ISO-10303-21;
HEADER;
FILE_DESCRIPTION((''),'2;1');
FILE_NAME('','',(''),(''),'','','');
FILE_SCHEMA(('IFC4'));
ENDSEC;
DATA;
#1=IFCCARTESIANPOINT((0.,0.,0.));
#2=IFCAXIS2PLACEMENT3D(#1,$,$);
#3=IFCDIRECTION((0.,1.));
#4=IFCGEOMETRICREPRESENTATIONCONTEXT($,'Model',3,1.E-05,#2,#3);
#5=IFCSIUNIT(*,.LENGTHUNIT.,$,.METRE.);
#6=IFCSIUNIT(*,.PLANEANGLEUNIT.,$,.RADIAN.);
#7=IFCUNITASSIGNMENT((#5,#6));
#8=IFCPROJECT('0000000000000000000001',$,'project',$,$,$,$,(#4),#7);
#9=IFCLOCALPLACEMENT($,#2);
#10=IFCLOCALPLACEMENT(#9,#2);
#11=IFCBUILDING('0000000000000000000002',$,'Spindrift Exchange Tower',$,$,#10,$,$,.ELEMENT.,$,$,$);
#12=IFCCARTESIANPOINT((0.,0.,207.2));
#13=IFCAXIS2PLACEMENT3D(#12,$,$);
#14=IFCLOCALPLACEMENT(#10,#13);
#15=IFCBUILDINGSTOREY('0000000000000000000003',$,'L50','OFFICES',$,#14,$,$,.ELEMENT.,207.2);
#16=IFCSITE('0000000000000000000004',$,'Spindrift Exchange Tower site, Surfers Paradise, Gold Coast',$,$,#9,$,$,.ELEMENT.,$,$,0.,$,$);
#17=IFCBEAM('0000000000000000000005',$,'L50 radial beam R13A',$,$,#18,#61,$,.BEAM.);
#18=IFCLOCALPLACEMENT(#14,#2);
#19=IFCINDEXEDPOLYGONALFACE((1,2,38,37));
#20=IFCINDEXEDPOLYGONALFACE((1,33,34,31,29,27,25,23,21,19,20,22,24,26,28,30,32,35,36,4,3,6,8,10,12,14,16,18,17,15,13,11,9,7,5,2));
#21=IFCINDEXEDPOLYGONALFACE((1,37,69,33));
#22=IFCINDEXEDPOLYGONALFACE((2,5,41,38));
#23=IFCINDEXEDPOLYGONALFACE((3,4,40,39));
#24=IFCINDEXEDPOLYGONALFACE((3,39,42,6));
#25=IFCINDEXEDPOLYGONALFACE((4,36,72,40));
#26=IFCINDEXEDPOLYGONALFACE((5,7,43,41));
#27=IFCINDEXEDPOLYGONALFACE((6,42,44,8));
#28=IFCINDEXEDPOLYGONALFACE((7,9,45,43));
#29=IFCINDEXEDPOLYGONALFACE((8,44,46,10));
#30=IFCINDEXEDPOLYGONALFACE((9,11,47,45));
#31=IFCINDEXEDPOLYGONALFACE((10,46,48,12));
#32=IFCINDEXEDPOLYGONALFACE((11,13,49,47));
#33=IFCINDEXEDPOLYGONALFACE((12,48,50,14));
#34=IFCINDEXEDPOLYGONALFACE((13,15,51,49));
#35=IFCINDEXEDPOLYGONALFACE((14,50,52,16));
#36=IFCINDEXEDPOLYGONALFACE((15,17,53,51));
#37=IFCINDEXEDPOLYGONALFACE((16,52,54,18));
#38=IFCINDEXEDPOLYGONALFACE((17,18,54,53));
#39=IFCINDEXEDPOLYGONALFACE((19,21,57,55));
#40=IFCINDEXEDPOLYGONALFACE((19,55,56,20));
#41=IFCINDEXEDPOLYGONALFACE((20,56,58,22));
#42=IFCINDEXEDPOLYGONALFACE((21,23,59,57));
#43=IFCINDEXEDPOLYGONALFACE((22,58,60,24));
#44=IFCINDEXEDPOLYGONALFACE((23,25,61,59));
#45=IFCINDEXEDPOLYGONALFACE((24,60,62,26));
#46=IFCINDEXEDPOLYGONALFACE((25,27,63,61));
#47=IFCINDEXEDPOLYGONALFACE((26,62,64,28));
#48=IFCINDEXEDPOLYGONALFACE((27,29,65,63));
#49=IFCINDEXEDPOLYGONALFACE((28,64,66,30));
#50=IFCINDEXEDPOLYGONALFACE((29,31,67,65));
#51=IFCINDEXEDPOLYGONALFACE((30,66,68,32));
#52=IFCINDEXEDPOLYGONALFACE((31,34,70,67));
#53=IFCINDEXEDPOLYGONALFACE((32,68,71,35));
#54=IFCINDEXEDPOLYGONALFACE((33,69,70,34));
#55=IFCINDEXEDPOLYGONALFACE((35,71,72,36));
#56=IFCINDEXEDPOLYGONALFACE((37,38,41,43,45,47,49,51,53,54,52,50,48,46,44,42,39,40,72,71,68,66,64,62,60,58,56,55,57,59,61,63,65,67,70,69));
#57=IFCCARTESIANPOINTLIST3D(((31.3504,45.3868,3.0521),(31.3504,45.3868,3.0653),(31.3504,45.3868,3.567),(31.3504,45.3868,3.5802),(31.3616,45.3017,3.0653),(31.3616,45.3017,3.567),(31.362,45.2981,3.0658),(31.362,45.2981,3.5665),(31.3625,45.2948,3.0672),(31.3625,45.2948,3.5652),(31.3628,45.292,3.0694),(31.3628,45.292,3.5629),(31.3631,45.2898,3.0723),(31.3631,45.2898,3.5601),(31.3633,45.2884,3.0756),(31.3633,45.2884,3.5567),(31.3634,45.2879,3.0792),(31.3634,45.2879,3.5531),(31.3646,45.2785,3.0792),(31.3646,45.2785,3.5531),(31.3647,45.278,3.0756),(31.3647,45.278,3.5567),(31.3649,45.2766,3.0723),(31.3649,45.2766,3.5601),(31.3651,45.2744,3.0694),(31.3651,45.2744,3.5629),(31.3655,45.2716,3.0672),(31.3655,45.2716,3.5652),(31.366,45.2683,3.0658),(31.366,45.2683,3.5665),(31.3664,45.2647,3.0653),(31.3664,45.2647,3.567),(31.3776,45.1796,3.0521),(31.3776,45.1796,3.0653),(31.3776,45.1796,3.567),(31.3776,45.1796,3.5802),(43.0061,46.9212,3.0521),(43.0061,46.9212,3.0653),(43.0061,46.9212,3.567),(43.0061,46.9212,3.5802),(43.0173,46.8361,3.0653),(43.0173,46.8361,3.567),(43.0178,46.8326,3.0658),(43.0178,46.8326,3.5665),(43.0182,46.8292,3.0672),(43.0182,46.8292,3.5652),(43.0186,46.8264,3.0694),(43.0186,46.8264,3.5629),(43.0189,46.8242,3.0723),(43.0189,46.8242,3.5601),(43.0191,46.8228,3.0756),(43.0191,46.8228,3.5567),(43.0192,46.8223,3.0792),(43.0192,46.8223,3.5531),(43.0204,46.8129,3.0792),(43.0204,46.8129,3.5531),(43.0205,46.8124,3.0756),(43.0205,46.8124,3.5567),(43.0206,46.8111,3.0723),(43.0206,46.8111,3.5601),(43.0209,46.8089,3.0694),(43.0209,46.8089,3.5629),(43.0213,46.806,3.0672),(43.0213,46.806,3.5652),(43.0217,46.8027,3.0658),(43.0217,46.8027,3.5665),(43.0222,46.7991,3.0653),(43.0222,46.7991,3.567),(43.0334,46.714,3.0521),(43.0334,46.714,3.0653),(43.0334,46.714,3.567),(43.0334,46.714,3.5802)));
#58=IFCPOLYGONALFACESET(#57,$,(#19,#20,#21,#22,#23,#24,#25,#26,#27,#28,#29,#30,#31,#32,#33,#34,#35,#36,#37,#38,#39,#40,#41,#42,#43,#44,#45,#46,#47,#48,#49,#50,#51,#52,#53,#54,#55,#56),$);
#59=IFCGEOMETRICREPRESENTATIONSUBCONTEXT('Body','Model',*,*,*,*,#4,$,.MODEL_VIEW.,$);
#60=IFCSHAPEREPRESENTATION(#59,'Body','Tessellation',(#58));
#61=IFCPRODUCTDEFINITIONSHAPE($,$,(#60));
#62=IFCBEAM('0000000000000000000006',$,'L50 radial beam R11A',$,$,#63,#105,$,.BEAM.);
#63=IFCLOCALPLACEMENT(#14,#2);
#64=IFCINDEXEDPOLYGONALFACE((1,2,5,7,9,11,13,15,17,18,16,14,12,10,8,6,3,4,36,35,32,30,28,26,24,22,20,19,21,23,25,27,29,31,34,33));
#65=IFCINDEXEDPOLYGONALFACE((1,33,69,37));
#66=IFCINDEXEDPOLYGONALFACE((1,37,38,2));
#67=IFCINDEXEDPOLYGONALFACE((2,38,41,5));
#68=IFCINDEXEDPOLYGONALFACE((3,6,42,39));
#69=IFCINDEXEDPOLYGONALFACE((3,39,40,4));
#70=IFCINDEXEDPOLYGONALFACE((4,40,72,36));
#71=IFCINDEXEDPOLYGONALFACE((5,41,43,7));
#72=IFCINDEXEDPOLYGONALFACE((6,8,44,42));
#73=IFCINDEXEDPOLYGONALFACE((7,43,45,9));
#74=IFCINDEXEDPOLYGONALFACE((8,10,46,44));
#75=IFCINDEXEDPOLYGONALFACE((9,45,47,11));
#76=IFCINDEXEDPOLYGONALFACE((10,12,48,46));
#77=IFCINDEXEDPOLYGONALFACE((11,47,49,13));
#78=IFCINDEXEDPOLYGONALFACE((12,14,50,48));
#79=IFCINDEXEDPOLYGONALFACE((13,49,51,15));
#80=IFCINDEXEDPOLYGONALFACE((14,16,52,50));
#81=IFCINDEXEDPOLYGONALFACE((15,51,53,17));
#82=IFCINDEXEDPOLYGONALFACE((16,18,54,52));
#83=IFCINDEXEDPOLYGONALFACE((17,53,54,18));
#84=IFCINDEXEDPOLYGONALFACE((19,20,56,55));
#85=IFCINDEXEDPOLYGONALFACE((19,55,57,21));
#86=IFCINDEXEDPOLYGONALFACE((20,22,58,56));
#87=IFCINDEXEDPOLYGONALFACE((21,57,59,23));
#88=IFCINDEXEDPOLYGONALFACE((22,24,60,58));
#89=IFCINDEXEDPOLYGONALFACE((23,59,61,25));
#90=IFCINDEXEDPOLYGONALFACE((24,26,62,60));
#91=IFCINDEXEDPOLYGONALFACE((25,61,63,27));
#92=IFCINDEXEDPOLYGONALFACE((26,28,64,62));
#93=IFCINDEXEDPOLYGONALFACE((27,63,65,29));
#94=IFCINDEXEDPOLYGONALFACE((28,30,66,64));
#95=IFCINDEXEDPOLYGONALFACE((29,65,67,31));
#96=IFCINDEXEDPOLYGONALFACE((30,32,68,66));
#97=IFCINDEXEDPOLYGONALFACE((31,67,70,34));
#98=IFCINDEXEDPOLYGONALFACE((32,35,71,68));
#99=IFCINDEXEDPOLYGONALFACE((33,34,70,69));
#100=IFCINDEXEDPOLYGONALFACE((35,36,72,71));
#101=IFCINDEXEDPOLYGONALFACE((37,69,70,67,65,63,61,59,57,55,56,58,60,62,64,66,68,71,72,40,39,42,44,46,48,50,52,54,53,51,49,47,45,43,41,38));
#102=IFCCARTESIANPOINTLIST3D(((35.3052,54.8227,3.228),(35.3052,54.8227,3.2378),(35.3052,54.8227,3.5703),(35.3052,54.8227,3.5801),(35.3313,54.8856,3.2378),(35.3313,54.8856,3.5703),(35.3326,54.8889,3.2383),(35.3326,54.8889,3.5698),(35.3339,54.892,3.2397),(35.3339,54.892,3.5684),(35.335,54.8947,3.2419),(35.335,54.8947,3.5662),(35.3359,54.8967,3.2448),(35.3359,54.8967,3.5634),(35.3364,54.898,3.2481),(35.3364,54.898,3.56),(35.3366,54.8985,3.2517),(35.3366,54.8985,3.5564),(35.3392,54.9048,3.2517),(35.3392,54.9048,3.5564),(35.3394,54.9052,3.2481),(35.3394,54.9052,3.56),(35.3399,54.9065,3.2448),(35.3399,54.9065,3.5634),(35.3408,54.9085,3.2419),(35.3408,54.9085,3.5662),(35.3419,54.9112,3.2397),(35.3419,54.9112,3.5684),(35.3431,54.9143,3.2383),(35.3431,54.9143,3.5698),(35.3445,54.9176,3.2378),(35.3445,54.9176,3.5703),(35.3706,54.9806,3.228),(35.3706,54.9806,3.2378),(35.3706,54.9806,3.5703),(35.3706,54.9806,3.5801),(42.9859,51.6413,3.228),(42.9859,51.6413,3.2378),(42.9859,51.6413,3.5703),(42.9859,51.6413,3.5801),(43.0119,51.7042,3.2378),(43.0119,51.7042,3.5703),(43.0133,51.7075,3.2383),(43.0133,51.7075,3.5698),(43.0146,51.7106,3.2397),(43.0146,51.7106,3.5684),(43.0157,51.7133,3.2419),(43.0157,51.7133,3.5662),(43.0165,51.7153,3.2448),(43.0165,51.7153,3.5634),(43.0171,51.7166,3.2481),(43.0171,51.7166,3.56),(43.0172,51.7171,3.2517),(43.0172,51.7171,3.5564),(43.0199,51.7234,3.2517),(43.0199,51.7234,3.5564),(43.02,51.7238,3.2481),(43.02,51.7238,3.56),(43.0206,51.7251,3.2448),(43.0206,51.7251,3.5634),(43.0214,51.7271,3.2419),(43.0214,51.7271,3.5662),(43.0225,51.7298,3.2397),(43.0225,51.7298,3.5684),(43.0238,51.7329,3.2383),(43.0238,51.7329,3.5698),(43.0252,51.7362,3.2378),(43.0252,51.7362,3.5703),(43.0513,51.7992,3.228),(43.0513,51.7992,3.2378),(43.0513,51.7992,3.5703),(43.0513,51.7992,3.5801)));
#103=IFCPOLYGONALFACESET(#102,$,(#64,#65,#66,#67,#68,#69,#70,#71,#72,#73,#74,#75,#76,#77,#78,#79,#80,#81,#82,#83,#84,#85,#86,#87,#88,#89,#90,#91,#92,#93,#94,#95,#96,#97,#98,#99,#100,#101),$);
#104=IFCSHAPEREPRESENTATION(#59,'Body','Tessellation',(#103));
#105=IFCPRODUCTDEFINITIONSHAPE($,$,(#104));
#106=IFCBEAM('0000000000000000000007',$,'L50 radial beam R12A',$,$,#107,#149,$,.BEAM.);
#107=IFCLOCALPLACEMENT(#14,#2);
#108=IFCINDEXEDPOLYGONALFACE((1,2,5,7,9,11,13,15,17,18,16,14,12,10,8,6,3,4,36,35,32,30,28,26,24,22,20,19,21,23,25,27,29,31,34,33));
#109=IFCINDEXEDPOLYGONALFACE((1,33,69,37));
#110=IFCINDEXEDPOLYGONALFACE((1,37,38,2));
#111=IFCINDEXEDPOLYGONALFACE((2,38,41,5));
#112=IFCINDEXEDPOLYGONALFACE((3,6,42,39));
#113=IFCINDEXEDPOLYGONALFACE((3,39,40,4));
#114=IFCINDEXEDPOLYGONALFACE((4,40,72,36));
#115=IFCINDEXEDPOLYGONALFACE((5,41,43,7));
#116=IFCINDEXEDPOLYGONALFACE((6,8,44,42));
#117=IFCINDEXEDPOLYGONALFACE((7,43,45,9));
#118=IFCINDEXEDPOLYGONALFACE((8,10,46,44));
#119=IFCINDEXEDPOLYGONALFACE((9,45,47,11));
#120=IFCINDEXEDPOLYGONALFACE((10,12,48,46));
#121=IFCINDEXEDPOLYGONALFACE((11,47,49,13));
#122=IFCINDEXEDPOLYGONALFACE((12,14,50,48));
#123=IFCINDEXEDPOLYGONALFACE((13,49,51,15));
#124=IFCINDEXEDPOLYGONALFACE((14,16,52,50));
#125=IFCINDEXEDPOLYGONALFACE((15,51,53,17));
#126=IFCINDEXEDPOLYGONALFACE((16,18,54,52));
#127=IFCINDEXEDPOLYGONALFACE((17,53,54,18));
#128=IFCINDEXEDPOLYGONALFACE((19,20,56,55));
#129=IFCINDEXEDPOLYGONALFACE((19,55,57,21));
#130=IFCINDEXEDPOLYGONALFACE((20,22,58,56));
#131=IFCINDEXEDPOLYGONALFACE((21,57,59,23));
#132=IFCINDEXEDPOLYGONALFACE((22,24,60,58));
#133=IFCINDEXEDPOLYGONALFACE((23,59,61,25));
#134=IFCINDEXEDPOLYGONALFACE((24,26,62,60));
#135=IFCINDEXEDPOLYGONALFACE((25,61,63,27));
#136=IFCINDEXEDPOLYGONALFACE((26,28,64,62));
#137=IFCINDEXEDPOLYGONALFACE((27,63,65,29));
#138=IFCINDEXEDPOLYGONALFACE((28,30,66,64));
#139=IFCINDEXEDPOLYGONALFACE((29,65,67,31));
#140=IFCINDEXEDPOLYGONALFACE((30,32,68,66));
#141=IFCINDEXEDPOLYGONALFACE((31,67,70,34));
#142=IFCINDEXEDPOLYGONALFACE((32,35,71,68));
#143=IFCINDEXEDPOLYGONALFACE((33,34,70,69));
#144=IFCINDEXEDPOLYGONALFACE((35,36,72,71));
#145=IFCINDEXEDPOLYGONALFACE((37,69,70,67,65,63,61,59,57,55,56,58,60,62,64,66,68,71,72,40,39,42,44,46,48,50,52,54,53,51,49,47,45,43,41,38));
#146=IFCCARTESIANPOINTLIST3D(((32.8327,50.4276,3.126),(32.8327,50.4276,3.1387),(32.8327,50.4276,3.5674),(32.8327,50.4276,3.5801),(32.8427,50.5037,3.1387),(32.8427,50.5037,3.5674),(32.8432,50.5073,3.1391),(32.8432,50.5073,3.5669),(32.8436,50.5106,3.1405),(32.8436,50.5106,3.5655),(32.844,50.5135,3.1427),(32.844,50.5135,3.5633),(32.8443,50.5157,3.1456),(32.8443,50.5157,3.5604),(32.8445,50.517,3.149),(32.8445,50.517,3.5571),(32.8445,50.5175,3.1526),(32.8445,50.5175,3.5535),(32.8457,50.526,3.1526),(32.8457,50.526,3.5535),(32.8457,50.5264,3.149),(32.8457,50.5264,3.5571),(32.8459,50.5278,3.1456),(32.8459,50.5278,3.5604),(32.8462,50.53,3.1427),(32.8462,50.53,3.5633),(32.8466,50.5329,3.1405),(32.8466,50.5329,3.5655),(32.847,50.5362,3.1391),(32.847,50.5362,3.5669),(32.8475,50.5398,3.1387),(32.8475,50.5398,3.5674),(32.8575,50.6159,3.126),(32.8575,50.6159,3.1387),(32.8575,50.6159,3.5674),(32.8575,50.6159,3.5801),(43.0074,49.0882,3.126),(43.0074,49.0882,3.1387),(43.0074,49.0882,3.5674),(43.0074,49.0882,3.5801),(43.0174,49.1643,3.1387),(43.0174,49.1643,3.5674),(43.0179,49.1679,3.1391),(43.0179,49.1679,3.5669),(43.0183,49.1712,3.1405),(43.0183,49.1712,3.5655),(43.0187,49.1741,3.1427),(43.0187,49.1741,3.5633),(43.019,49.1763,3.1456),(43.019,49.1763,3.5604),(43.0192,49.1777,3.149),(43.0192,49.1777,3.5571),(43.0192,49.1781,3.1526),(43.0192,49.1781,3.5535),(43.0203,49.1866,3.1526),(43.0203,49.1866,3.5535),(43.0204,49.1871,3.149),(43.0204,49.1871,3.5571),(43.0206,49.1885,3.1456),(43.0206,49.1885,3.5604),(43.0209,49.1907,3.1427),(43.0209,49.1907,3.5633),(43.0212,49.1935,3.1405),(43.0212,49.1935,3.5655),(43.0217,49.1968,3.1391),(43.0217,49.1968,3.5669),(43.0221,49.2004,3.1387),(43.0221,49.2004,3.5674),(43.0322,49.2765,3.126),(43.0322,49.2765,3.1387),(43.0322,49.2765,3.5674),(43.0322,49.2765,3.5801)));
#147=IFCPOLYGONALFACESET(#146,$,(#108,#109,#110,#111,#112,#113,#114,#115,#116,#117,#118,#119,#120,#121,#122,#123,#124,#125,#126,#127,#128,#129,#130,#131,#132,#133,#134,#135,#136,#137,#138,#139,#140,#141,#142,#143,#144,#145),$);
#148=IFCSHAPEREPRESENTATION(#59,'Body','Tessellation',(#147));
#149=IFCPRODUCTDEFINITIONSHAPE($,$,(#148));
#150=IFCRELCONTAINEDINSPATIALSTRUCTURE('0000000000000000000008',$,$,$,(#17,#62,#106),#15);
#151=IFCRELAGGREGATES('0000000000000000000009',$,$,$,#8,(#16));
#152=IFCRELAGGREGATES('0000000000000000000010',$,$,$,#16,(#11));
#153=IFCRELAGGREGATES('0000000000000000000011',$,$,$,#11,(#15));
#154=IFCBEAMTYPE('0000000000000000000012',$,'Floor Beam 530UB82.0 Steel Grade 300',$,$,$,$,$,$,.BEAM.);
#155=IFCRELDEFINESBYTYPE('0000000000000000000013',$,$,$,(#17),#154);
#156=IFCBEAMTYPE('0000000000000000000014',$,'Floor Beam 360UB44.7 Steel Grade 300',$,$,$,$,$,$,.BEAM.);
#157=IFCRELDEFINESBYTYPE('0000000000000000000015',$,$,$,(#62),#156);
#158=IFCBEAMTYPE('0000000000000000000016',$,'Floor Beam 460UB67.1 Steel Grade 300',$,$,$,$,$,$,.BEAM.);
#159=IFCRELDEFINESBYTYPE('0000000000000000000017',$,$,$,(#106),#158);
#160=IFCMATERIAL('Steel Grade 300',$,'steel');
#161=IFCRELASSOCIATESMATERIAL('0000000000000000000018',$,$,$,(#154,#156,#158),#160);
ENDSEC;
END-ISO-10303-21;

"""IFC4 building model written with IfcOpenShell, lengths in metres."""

from ifc_helpers import new_model, si_unit, direction, frame, origin, origin_2d, place, context, subcontext, project, spatial, i_section, extrude, source, transform, mapped, material, material_profile, profile_set, type_object, element, save


model = new_model("IFC4")

# Units and contexts
model_context = context("Model", 3, precision=1e-05, world=origin(), true_north=direction((0.0, 1.0)))
body_context = subcontext(model_context, "Body", "Model", "MODEL_VIEW")
ifc_project = project(units=[si_unit("LENGTHUNIT", "METRE"), si_unit("PLANEANGLEUNIT", "RADIAN")], contexts=[model_context])

# Site, building, storey
site_placement = place(None, origin())
site = spatial("IfcSite", under=ifc_project, at=site_placement, Name="Spindrift Exchange Tower site, Surfers Paradise, Gold Coast", CompositionType="ELEMENT", RefElevation=0.0)
building_placement = place(site_placement, origin())
building = spatial("IfcBuilding", under=site, at=building_placement, Name="Spindrift Exchange Tower", CompositionType="ELEMENT")
storey_placement = place(building_placement, frame((0.0, 0.0, 207.2)))
storey = spatial("IfcBuildingStorey", under=building, at=storey_placement, Name="L50", Description="OFFICES", CompositionType="ELEMENT", Elevation=207.2)

# Beams
ifc_material_1 = material(Name="Steel Grade 300", Category="steel")
ifc_material_profile_1 = material_profile(ifc_material_1, i_section(OverallWidth=0.209, OverallDepth=0.5281, WebThickness=0.0095, FlangeThickness=0.0132, FilletRadius=0.0139, at=origin_2d()), Name="530UB82.0")
ifc_profile_set_1 = profile_set([ifc_material_profile_1], Name="Steel Grade 300")
beam_type_1 = type_object("IfcBeamType", Name="Floor Beam 530UB82.0 Steel Grade 300", PredefinedType="BEAM", material=ifc_profile_set_1)
shared_shape_1 = source(origin(), body_context, "Body", "SweptSolid", [
    extrude(i_section(OverallWidth=0.209, OverallDepth=0.5281, WebThickness=0.0095, FlangeThickness=0.0132, FilletRadius=0.0139, at=origin_2d()), origin(), (0.0, 0.0, 1.0), 11.7563),
])
beam_1_placement = place(storey_placement, frame((43.0198, 46.8176, 3.3162), z_axis=(-0.991446, -0.130519, 0.0), x_axis=(0.130519, -0.991446, 0.0)))
element("IfcBeam", 1, at=beam_1_placement, inside=storey, type_object=beam_type_1, Name="L50 radial beam R13A", PredefinedType="BEAM", context=body_context, shape_type="MappedRepresentation", body=[
    mapped(shared_shape_1, transform((0.0, 0.0, 0.0), scale=1.0)),
])
ifc_material_profile_2 = material_profile(ifc_material_1, i_section(OverallWidth=0.1709, OverallDepth=0.3521, WebThickness=0.0068, FlangeThickness=0.0098, FilletRadius=0.0139, at=origin_2d()), Name="360UB44.7")
ifc_profile_set_2 = profile_set([ifc_material_profile_2], Name="Steel Grade 300")
beam_type_2 = type_object("IfcBeamType", Name="Floor Beam 360UB44.7 Steel Grade 300", PredefinedType="BEAM", material=ifc_profile_set_2)
shared_shape_2 = source(origin(), body_context, "Body", "SweptSolid", [
    extrude(i_section(OverallWidth=0.1709, OverallDepth=0.3521, WebThickness=0.0068, FlangeThickness=0.0098, FilletRadius=0.0139, at=origin_2d()), origin(), (0.0, 0.0, 1.0), 8.3135),
])
beam_2_placement = place(storey_placement, frame((43.0186, 51.7202, 3.4041), z_axis=(-0.923881, 0.382679, 0.0), x_axis=(-0.382679, -0.923881, 0.0)))
element("IfcBeam", 2, at=beam_2_placement, inside=storey, type_object=beam_type_2, Name="L50 radial beam R11A", PredefinedType="BEAM", context=body_context, shape_type="MappedRepresentation", body=[
    mapped(shared_shape_2, transform((0.0, 0.0, 0.0), scale=1.0)),
])
ifc_material_profile_3 = material_profile(ifc_material_1, i_section(OverallWidth=0.1899, OverallDepth=0.4541, WebThickness=0.0085, FlangeThickness=0.0127, FilletRadius=0.0139, at=origin_2d()), Name="460UB67.1")
ifc_profile_set_3 = profile_set([ifc_material_profile_3], Name="Steel Grade 300")
beam_type_3 = type_object("IfcBeamType", Name="Floor Beam 460UB67.1 Steel Grade 300", PredefinedType="BEAM", material=ifc_profile_set_3)
shared_shape_3 = source(origin(), body_context, "Body", "SweptSolid", [
    extrude(i_section(OverallWidth=0.1899, OverallDepth=0.4541, WebThickness=0.0085, FlangeThickness=0.0127, FilletRadius=0.0139, at=origin_2d()), origin(), (0.0, 0.0, 1.0), 10.2625),
])
beam_3_placement = place(storey_placement, frame((43.0198, 49.1824, 3.353), z_axis=(-0.991447, 0.130512, 0.0), x_axis=(-0.130512, -0.991447, 0.0)))
element("IfcBeam", 3, at=beam_3_placement, inside=storey, type_object=beam_type_3, Name="L50 radial beam R12A", PredefinedType="BEAM", context=body_context, shape_type="MappedRepresentation", body=[
    mapped(shared_shape_3, transform((0.0, 0.0, 0.0), scale=1.0)),
])

save(model, "model.ifc")
